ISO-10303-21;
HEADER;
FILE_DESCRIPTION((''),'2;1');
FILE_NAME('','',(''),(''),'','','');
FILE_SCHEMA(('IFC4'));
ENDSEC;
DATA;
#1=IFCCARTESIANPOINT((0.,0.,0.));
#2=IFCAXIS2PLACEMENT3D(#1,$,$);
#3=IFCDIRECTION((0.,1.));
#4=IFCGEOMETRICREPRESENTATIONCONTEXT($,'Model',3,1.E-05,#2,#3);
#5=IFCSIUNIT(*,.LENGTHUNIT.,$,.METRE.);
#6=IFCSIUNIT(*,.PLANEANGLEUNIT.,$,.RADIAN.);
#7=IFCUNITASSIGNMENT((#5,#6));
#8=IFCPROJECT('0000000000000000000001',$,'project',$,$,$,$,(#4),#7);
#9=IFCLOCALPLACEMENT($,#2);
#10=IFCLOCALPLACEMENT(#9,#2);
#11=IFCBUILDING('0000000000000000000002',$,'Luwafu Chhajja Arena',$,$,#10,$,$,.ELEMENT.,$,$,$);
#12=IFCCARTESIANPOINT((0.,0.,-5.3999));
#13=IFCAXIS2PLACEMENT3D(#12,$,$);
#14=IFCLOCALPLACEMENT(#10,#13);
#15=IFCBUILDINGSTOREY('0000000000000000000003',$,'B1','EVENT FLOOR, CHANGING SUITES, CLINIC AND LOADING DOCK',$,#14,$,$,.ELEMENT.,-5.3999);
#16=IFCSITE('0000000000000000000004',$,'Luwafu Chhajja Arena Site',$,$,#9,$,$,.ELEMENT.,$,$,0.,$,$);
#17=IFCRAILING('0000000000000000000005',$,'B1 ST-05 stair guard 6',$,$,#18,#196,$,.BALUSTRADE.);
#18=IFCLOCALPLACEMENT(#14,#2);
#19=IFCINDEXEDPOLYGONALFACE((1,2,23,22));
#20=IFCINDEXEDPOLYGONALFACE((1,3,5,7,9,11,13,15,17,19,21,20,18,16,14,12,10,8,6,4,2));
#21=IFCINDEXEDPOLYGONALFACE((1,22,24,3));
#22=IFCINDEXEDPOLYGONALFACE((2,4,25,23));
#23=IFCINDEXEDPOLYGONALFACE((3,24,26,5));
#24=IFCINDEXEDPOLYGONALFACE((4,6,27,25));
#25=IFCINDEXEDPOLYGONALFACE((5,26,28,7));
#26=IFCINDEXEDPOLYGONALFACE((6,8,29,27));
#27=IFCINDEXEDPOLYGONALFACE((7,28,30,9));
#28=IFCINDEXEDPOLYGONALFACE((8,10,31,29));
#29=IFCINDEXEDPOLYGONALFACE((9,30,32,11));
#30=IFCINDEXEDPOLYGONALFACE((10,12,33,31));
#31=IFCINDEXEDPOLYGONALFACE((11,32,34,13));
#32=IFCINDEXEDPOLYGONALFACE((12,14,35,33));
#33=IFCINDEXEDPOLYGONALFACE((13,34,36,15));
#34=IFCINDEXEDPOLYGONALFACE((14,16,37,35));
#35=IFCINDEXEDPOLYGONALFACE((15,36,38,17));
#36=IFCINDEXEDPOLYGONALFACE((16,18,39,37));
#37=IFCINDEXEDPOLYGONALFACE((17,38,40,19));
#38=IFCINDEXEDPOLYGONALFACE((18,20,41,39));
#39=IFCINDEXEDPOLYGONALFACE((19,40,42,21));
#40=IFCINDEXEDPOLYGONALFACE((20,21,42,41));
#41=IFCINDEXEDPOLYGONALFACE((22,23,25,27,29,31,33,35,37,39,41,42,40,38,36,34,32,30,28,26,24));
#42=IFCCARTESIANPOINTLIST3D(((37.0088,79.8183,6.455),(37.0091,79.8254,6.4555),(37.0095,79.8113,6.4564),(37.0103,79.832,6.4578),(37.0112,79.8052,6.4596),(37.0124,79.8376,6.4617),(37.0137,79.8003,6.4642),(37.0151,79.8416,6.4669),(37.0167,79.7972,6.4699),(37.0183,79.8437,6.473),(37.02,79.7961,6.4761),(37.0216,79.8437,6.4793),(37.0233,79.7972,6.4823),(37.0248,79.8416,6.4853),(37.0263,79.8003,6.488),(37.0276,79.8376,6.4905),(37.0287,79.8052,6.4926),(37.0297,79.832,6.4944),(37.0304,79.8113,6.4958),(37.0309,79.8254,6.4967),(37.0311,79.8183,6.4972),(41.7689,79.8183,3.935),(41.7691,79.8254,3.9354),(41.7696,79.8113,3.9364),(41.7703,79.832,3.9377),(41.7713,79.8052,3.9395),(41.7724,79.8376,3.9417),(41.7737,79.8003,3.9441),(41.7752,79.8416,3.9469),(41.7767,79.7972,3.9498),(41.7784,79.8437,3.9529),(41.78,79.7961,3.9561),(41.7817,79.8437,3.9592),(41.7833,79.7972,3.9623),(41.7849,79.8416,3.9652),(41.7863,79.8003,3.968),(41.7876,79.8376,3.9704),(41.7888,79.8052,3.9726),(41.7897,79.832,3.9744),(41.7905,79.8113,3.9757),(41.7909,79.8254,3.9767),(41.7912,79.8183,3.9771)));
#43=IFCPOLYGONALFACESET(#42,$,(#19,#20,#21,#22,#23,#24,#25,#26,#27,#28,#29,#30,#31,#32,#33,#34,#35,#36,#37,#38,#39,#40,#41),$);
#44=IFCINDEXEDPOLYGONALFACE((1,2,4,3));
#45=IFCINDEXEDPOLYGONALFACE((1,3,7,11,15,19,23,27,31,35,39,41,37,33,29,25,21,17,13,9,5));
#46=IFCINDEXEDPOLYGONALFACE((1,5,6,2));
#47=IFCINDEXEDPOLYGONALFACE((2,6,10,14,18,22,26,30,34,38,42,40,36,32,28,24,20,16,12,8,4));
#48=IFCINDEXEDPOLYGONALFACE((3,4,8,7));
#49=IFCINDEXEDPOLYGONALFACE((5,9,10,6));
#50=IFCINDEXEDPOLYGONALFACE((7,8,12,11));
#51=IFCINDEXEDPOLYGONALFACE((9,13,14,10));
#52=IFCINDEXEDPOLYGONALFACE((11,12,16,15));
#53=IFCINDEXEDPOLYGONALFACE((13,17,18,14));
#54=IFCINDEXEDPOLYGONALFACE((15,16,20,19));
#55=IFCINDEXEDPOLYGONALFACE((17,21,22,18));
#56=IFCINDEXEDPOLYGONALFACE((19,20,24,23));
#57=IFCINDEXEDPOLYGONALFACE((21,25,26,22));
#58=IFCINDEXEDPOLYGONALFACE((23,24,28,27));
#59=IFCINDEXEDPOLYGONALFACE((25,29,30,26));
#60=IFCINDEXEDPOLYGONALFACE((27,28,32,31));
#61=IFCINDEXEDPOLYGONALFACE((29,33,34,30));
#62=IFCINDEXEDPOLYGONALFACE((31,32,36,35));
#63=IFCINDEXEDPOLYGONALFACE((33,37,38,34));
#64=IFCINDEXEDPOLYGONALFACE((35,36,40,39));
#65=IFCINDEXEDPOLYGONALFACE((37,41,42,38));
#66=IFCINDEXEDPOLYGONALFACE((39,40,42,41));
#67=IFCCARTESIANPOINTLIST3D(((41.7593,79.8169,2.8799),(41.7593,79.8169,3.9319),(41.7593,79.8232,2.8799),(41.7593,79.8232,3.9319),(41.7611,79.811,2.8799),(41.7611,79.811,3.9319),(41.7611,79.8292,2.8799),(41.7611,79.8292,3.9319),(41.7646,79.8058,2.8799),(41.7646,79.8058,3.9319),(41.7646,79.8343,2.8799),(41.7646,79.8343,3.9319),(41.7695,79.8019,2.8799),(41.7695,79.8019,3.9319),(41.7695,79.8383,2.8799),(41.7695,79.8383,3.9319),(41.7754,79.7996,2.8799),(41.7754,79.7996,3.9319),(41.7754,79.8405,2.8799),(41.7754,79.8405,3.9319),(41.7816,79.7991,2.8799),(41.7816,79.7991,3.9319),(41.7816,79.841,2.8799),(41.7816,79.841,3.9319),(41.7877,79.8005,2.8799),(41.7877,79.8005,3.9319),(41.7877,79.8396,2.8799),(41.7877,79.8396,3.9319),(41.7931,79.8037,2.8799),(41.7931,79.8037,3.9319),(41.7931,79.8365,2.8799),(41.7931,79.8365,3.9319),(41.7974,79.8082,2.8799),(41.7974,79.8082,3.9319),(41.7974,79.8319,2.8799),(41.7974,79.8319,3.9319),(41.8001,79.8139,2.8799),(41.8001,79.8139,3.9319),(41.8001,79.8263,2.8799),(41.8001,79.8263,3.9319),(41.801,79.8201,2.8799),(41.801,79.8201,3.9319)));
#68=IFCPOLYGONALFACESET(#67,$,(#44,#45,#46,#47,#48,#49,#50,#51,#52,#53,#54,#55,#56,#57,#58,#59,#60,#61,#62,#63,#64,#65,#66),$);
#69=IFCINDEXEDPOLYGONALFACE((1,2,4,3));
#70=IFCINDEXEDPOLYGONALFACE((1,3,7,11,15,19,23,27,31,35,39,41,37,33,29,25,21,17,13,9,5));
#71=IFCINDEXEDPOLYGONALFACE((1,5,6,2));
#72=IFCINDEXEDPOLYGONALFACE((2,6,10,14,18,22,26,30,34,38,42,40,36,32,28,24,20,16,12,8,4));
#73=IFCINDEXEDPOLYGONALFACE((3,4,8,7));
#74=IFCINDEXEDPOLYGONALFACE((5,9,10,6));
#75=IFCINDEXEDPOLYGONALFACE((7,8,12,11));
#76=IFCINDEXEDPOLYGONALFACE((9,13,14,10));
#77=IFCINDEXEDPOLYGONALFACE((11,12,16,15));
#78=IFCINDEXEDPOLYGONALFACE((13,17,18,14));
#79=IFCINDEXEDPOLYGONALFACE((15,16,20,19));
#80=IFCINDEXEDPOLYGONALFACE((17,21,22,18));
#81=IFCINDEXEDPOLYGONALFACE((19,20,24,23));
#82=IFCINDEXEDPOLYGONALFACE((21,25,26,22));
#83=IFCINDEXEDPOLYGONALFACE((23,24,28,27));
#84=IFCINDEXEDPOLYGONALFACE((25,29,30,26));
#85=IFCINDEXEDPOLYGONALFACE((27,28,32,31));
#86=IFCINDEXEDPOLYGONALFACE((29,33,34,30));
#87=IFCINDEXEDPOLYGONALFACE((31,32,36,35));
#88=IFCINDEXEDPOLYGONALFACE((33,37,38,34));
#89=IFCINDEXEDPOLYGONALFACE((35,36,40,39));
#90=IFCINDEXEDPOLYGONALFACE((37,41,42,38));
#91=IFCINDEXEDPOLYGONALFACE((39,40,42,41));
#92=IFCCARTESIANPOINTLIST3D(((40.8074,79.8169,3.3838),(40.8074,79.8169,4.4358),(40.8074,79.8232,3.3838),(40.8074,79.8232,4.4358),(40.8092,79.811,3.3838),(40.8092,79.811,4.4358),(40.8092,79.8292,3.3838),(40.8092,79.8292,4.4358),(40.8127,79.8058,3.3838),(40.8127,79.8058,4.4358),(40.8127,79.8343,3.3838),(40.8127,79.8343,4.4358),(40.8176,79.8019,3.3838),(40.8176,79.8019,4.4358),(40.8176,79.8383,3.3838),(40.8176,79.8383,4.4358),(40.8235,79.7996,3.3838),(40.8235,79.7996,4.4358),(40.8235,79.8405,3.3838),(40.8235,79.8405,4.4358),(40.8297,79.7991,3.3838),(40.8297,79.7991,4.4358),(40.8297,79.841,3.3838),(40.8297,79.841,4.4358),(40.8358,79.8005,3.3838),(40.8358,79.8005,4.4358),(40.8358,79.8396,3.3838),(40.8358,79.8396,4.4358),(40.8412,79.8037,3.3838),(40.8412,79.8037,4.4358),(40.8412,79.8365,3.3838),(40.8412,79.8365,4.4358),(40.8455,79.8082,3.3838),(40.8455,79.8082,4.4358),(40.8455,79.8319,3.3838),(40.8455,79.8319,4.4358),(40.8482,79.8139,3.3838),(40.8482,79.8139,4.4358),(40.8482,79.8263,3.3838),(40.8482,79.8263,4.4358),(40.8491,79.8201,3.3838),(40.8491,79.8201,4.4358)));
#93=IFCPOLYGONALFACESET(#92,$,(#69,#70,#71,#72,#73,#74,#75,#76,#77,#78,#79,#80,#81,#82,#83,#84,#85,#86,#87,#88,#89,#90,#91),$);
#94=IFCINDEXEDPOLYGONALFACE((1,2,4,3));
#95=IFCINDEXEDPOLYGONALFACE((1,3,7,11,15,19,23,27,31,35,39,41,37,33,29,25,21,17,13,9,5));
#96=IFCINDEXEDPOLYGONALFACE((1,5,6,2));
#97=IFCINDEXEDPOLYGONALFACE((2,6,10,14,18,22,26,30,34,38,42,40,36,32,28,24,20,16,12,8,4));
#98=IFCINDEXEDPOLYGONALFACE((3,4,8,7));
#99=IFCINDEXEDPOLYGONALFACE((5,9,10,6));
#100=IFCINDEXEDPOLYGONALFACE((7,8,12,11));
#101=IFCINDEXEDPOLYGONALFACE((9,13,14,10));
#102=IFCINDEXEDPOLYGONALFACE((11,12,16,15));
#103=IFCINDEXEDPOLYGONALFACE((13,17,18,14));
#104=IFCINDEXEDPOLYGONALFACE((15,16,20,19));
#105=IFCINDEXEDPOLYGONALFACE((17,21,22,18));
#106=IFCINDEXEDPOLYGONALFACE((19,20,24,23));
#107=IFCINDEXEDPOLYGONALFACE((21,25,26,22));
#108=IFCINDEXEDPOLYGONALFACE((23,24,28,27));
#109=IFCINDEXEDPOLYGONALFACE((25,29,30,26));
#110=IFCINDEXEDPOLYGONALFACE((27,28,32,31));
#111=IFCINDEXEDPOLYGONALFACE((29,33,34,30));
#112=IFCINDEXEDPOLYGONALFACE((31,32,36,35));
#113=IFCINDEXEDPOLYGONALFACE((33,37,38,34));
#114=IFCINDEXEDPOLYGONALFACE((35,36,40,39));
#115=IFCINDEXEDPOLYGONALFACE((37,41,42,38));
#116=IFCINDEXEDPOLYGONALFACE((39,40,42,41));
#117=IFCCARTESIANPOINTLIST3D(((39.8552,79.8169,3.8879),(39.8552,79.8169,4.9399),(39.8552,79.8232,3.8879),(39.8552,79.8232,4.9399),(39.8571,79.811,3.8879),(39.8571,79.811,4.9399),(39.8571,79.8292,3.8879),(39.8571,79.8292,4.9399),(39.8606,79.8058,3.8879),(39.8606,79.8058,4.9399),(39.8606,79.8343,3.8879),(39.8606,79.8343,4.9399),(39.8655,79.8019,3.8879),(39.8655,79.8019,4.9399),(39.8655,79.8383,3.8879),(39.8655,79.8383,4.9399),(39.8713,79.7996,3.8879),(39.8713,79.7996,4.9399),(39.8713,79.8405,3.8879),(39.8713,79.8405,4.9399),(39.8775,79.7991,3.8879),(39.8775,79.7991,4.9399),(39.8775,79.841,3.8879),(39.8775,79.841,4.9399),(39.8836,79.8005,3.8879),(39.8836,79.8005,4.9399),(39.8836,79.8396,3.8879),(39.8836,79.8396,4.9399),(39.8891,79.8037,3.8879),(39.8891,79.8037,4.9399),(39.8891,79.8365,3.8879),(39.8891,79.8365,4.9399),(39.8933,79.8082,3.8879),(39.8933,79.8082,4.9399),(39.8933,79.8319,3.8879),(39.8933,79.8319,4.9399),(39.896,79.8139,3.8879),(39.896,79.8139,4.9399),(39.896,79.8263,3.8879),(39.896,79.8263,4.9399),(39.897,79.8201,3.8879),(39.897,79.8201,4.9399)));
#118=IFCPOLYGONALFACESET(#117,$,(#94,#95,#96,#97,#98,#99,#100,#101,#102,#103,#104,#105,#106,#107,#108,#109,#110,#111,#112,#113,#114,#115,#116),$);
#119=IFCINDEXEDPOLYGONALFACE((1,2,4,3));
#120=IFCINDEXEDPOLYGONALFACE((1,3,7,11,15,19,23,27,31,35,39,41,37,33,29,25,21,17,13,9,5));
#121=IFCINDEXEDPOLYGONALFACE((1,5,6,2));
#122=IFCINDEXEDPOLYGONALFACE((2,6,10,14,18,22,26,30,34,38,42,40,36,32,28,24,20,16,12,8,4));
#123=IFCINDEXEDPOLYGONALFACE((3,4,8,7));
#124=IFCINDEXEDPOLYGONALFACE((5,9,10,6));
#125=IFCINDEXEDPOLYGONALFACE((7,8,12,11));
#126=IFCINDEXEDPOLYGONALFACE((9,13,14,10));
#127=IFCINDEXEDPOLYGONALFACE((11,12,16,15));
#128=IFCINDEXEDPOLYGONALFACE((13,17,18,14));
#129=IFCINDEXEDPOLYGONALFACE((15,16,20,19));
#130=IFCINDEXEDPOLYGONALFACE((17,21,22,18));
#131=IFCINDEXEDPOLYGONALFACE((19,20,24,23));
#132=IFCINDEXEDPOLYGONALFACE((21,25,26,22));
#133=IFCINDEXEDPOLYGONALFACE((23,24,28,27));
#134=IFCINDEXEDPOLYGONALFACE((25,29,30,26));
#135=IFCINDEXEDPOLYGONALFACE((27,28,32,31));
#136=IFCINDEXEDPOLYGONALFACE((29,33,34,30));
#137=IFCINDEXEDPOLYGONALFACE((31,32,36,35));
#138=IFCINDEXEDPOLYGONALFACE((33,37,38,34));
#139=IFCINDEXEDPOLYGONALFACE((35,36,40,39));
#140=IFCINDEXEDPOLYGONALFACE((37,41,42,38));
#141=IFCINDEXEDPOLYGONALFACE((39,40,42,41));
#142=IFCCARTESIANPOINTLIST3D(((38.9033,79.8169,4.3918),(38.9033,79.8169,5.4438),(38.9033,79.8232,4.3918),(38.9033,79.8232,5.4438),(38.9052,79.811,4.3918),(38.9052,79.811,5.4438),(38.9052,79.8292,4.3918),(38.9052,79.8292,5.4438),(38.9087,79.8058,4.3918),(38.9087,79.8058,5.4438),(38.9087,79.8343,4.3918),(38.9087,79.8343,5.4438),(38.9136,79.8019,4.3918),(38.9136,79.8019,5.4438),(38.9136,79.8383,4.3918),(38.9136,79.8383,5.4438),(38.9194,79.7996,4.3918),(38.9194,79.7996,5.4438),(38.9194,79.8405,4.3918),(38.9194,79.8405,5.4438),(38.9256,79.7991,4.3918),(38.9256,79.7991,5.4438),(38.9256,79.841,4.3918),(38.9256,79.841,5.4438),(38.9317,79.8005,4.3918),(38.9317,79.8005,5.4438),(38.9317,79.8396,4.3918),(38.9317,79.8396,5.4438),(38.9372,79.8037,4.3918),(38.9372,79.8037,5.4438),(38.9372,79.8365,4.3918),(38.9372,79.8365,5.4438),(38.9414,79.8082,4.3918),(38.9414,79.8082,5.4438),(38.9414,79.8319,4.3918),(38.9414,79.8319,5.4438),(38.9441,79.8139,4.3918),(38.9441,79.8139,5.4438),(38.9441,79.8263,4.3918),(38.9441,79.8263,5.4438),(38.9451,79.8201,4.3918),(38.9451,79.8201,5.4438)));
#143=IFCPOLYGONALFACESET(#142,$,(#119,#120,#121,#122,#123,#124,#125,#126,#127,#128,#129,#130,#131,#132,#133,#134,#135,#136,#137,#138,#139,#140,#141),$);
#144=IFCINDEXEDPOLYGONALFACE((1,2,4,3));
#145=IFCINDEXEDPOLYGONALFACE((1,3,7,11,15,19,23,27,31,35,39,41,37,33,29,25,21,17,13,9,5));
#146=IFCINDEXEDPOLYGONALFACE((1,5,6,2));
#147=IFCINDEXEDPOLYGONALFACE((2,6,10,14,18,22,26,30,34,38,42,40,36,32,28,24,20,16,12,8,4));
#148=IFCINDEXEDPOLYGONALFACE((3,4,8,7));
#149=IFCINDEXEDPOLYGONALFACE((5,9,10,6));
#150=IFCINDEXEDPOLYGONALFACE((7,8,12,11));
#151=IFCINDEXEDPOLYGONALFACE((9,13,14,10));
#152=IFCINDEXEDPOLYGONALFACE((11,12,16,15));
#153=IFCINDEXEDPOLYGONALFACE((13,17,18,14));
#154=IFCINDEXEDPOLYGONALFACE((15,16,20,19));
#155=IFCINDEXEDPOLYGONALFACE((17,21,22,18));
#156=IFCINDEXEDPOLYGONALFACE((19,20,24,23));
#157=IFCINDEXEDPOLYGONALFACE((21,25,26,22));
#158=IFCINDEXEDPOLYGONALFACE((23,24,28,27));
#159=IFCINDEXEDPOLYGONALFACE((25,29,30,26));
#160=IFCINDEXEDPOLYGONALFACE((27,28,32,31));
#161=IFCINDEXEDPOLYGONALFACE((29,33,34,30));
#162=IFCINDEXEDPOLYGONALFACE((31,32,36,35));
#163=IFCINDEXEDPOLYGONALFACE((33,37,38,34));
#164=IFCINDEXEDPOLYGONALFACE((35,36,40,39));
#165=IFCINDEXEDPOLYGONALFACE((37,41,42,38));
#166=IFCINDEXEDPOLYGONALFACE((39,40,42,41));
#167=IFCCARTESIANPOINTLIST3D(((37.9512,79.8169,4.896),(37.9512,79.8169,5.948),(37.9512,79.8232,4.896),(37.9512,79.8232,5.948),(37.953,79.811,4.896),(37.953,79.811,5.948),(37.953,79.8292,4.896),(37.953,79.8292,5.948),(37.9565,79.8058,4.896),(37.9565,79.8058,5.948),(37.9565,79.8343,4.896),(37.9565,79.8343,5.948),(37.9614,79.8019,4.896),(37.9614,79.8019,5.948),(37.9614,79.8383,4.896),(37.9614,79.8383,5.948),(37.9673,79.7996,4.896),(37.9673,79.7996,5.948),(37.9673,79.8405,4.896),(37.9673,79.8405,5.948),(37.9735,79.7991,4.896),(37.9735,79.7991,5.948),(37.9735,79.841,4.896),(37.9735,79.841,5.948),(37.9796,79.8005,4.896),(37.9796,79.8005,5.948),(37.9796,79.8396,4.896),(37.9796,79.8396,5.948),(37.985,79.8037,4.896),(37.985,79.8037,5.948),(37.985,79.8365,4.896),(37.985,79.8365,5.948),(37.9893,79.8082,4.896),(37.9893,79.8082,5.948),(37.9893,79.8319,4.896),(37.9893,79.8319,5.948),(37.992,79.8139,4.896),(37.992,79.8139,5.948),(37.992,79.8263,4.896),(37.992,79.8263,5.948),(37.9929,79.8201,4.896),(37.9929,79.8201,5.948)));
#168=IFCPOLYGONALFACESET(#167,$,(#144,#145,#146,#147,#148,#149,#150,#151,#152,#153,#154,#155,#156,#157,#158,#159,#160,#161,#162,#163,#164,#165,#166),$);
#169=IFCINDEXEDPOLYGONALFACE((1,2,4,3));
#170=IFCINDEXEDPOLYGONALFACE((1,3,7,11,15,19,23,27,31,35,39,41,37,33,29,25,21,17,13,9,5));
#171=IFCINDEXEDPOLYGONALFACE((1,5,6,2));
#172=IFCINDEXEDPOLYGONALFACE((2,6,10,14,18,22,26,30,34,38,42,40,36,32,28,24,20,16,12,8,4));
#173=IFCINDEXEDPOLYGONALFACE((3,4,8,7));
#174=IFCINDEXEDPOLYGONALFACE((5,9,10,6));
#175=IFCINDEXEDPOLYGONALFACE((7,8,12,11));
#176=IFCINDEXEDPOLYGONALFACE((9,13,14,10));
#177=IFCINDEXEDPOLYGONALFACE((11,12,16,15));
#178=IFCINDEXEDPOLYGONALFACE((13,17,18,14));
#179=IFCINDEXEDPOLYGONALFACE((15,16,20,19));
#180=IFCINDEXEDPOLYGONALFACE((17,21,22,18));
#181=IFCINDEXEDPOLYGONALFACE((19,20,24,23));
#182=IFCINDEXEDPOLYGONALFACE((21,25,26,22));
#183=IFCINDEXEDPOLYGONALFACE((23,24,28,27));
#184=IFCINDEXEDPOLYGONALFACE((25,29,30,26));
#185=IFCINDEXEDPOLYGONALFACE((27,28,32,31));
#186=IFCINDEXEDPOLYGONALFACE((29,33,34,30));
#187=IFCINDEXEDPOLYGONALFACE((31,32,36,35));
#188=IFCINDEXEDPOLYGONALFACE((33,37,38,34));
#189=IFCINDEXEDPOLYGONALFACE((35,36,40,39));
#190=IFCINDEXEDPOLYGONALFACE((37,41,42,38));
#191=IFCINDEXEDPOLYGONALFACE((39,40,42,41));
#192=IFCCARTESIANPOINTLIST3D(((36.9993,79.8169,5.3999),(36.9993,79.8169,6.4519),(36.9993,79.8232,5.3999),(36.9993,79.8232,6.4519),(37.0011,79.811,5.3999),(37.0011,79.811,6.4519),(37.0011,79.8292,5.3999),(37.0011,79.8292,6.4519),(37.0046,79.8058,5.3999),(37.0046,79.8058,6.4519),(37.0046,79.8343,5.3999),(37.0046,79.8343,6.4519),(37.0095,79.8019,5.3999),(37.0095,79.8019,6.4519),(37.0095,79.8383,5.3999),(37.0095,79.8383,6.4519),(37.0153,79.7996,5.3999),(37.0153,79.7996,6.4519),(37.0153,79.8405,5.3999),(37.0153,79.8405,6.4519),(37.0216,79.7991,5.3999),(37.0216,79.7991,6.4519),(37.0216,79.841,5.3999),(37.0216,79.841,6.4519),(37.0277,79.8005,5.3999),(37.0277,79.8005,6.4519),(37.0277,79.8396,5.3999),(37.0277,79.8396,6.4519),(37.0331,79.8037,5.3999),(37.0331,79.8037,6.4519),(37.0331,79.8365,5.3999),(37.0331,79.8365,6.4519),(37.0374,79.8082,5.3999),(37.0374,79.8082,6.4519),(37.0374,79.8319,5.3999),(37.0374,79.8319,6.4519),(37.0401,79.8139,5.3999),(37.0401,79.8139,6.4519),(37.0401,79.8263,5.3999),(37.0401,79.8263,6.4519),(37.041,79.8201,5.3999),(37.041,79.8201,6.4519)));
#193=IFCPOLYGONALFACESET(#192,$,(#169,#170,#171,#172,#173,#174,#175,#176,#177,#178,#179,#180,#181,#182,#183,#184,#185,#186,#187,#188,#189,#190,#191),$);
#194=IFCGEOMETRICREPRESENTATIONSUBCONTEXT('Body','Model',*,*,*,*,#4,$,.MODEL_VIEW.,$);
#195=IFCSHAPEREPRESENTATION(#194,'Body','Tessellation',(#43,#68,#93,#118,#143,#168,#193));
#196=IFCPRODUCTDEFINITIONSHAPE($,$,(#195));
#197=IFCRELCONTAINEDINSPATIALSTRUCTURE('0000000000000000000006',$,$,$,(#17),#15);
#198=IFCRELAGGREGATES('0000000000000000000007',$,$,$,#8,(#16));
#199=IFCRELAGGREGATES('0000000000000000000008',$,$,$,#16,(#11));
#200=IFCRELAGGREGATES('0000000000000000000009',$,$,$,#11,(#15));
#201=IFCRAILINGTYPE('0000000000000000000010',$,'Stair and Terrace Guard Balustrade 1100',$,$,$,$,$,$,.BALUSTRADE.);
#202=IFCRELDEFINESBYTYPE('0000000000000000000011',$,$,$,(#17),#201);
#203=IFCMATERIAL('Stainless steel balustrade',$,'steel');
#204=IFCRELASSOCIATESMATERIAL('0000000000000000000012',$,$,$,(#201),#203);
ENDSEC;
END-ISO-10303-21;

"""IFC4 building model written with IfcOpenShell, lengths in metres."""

from ifc_helpers import new_model, si_unit, direction, frame, origin, origin_2d, place, context, subcontext, project, spatial, circle, extrude, material, type_object, element, save


model = new_model("IFC4")

# Units and contexts
model_context = context("Model", 3, precision=1e-05, world=origin(), true_north=direction((0.0, 1.0)))
body_context = subcontext(model_context, "Body", "Model", "MODEL_VIEW")
ifc_project = project(units=[si_unit("LENGTHUNIT", "METRE"), si_unit("PLANEANGLEUNIT", "RADIAN")], contexts=[model_context])

# Site, building, storey
site_placement = place(None, origin())
site = spatial("IfcSite", under=ifc_project, at=site_placement, Name="Luwafu Chhajja Arena Site", CompositionType="ELEMENT", RefElevation=0.0)
building_placement = place(site_placement, origin())
building = spatial("IfcBuilding", under=site, at=building_placement, Name="Luwafu Chhajja Arena", CompositionType="ELEMENT")
storey_placement = place(building_placement, frame((0.0, 0.0, -5.3999)))
storey = spatial("IfcBuildingStorey", under=building, at=storey_placement, Name="B1", Description="EVENT FLOOR, CHANGING SUITES, CLINIC AND LOADING DOCK", CompositionType="ELEMENT", Elevation=-5.3999)

# Railing
ifc_material_1 = material(Name="Stainless steel balustrade", Category="steel")
railing_type_1 = type_object("IfcRailingType", Name="Stair and Terrace Guard Balustrade 1100", PredefinedType="BALUSTRADE", material=ifc_material_1)
railing_1_placement = place(storey_placement, frame((41.78, 79.8201, 2.8799)))
element("IfcRailing", 1, at=railing_1_placement, inside=storey, type_object=railing_type_1, Name="B1 ST-05 stair guard 6", PredefinedType="BALUSTRADE", context=body_context, shape_type="SweptSolid", body=[
    extrude(circle(Radius=0.0239, at=origin_2d()), frame((0.0, 0.0, 1.0762), z_axis=(-0.883787, 0.0, 0.46789), x_axis=(0.0, -1.0, 0.0)), (0.0, 0.0, 1.0), 5.386),
    extrude(circle(Radius=0.021, at=origin_2d()), origin(), (0.0, 0.0, 1.0), 1.052),
    extrude(circle(Radius=0.021, at=origin_2d()), frame((-0.9519, 0.0, 0.5039)), (0.0, 0.0, 1.0), 1.052),
    extrude(circle(Radius=0.021, at=origin_2d()), frame((-1.9041, 0.0, 1.0081)), (0.0, 0.0, 1.0), 1.052),
    extrude(circle(Radius=0.021, at=origin_2d()), frame((-2.856, 0.0, 1.512)), (0.0, 0.0, 1.0), 1.052),
    extrude(circle(Radius=0.021, at=origin_2d()), frame((-3.8081, 0.0, 2.0161)), (0.0, 0.0, 1.0), 1.052),
    extrude(circle(Radius=0.021, at=origin_2d()), frame((-4.76, 0.0, 2.52)), (0.0, 0.0, 1.0), 1.052),
])

save(model, "model.ifc")
